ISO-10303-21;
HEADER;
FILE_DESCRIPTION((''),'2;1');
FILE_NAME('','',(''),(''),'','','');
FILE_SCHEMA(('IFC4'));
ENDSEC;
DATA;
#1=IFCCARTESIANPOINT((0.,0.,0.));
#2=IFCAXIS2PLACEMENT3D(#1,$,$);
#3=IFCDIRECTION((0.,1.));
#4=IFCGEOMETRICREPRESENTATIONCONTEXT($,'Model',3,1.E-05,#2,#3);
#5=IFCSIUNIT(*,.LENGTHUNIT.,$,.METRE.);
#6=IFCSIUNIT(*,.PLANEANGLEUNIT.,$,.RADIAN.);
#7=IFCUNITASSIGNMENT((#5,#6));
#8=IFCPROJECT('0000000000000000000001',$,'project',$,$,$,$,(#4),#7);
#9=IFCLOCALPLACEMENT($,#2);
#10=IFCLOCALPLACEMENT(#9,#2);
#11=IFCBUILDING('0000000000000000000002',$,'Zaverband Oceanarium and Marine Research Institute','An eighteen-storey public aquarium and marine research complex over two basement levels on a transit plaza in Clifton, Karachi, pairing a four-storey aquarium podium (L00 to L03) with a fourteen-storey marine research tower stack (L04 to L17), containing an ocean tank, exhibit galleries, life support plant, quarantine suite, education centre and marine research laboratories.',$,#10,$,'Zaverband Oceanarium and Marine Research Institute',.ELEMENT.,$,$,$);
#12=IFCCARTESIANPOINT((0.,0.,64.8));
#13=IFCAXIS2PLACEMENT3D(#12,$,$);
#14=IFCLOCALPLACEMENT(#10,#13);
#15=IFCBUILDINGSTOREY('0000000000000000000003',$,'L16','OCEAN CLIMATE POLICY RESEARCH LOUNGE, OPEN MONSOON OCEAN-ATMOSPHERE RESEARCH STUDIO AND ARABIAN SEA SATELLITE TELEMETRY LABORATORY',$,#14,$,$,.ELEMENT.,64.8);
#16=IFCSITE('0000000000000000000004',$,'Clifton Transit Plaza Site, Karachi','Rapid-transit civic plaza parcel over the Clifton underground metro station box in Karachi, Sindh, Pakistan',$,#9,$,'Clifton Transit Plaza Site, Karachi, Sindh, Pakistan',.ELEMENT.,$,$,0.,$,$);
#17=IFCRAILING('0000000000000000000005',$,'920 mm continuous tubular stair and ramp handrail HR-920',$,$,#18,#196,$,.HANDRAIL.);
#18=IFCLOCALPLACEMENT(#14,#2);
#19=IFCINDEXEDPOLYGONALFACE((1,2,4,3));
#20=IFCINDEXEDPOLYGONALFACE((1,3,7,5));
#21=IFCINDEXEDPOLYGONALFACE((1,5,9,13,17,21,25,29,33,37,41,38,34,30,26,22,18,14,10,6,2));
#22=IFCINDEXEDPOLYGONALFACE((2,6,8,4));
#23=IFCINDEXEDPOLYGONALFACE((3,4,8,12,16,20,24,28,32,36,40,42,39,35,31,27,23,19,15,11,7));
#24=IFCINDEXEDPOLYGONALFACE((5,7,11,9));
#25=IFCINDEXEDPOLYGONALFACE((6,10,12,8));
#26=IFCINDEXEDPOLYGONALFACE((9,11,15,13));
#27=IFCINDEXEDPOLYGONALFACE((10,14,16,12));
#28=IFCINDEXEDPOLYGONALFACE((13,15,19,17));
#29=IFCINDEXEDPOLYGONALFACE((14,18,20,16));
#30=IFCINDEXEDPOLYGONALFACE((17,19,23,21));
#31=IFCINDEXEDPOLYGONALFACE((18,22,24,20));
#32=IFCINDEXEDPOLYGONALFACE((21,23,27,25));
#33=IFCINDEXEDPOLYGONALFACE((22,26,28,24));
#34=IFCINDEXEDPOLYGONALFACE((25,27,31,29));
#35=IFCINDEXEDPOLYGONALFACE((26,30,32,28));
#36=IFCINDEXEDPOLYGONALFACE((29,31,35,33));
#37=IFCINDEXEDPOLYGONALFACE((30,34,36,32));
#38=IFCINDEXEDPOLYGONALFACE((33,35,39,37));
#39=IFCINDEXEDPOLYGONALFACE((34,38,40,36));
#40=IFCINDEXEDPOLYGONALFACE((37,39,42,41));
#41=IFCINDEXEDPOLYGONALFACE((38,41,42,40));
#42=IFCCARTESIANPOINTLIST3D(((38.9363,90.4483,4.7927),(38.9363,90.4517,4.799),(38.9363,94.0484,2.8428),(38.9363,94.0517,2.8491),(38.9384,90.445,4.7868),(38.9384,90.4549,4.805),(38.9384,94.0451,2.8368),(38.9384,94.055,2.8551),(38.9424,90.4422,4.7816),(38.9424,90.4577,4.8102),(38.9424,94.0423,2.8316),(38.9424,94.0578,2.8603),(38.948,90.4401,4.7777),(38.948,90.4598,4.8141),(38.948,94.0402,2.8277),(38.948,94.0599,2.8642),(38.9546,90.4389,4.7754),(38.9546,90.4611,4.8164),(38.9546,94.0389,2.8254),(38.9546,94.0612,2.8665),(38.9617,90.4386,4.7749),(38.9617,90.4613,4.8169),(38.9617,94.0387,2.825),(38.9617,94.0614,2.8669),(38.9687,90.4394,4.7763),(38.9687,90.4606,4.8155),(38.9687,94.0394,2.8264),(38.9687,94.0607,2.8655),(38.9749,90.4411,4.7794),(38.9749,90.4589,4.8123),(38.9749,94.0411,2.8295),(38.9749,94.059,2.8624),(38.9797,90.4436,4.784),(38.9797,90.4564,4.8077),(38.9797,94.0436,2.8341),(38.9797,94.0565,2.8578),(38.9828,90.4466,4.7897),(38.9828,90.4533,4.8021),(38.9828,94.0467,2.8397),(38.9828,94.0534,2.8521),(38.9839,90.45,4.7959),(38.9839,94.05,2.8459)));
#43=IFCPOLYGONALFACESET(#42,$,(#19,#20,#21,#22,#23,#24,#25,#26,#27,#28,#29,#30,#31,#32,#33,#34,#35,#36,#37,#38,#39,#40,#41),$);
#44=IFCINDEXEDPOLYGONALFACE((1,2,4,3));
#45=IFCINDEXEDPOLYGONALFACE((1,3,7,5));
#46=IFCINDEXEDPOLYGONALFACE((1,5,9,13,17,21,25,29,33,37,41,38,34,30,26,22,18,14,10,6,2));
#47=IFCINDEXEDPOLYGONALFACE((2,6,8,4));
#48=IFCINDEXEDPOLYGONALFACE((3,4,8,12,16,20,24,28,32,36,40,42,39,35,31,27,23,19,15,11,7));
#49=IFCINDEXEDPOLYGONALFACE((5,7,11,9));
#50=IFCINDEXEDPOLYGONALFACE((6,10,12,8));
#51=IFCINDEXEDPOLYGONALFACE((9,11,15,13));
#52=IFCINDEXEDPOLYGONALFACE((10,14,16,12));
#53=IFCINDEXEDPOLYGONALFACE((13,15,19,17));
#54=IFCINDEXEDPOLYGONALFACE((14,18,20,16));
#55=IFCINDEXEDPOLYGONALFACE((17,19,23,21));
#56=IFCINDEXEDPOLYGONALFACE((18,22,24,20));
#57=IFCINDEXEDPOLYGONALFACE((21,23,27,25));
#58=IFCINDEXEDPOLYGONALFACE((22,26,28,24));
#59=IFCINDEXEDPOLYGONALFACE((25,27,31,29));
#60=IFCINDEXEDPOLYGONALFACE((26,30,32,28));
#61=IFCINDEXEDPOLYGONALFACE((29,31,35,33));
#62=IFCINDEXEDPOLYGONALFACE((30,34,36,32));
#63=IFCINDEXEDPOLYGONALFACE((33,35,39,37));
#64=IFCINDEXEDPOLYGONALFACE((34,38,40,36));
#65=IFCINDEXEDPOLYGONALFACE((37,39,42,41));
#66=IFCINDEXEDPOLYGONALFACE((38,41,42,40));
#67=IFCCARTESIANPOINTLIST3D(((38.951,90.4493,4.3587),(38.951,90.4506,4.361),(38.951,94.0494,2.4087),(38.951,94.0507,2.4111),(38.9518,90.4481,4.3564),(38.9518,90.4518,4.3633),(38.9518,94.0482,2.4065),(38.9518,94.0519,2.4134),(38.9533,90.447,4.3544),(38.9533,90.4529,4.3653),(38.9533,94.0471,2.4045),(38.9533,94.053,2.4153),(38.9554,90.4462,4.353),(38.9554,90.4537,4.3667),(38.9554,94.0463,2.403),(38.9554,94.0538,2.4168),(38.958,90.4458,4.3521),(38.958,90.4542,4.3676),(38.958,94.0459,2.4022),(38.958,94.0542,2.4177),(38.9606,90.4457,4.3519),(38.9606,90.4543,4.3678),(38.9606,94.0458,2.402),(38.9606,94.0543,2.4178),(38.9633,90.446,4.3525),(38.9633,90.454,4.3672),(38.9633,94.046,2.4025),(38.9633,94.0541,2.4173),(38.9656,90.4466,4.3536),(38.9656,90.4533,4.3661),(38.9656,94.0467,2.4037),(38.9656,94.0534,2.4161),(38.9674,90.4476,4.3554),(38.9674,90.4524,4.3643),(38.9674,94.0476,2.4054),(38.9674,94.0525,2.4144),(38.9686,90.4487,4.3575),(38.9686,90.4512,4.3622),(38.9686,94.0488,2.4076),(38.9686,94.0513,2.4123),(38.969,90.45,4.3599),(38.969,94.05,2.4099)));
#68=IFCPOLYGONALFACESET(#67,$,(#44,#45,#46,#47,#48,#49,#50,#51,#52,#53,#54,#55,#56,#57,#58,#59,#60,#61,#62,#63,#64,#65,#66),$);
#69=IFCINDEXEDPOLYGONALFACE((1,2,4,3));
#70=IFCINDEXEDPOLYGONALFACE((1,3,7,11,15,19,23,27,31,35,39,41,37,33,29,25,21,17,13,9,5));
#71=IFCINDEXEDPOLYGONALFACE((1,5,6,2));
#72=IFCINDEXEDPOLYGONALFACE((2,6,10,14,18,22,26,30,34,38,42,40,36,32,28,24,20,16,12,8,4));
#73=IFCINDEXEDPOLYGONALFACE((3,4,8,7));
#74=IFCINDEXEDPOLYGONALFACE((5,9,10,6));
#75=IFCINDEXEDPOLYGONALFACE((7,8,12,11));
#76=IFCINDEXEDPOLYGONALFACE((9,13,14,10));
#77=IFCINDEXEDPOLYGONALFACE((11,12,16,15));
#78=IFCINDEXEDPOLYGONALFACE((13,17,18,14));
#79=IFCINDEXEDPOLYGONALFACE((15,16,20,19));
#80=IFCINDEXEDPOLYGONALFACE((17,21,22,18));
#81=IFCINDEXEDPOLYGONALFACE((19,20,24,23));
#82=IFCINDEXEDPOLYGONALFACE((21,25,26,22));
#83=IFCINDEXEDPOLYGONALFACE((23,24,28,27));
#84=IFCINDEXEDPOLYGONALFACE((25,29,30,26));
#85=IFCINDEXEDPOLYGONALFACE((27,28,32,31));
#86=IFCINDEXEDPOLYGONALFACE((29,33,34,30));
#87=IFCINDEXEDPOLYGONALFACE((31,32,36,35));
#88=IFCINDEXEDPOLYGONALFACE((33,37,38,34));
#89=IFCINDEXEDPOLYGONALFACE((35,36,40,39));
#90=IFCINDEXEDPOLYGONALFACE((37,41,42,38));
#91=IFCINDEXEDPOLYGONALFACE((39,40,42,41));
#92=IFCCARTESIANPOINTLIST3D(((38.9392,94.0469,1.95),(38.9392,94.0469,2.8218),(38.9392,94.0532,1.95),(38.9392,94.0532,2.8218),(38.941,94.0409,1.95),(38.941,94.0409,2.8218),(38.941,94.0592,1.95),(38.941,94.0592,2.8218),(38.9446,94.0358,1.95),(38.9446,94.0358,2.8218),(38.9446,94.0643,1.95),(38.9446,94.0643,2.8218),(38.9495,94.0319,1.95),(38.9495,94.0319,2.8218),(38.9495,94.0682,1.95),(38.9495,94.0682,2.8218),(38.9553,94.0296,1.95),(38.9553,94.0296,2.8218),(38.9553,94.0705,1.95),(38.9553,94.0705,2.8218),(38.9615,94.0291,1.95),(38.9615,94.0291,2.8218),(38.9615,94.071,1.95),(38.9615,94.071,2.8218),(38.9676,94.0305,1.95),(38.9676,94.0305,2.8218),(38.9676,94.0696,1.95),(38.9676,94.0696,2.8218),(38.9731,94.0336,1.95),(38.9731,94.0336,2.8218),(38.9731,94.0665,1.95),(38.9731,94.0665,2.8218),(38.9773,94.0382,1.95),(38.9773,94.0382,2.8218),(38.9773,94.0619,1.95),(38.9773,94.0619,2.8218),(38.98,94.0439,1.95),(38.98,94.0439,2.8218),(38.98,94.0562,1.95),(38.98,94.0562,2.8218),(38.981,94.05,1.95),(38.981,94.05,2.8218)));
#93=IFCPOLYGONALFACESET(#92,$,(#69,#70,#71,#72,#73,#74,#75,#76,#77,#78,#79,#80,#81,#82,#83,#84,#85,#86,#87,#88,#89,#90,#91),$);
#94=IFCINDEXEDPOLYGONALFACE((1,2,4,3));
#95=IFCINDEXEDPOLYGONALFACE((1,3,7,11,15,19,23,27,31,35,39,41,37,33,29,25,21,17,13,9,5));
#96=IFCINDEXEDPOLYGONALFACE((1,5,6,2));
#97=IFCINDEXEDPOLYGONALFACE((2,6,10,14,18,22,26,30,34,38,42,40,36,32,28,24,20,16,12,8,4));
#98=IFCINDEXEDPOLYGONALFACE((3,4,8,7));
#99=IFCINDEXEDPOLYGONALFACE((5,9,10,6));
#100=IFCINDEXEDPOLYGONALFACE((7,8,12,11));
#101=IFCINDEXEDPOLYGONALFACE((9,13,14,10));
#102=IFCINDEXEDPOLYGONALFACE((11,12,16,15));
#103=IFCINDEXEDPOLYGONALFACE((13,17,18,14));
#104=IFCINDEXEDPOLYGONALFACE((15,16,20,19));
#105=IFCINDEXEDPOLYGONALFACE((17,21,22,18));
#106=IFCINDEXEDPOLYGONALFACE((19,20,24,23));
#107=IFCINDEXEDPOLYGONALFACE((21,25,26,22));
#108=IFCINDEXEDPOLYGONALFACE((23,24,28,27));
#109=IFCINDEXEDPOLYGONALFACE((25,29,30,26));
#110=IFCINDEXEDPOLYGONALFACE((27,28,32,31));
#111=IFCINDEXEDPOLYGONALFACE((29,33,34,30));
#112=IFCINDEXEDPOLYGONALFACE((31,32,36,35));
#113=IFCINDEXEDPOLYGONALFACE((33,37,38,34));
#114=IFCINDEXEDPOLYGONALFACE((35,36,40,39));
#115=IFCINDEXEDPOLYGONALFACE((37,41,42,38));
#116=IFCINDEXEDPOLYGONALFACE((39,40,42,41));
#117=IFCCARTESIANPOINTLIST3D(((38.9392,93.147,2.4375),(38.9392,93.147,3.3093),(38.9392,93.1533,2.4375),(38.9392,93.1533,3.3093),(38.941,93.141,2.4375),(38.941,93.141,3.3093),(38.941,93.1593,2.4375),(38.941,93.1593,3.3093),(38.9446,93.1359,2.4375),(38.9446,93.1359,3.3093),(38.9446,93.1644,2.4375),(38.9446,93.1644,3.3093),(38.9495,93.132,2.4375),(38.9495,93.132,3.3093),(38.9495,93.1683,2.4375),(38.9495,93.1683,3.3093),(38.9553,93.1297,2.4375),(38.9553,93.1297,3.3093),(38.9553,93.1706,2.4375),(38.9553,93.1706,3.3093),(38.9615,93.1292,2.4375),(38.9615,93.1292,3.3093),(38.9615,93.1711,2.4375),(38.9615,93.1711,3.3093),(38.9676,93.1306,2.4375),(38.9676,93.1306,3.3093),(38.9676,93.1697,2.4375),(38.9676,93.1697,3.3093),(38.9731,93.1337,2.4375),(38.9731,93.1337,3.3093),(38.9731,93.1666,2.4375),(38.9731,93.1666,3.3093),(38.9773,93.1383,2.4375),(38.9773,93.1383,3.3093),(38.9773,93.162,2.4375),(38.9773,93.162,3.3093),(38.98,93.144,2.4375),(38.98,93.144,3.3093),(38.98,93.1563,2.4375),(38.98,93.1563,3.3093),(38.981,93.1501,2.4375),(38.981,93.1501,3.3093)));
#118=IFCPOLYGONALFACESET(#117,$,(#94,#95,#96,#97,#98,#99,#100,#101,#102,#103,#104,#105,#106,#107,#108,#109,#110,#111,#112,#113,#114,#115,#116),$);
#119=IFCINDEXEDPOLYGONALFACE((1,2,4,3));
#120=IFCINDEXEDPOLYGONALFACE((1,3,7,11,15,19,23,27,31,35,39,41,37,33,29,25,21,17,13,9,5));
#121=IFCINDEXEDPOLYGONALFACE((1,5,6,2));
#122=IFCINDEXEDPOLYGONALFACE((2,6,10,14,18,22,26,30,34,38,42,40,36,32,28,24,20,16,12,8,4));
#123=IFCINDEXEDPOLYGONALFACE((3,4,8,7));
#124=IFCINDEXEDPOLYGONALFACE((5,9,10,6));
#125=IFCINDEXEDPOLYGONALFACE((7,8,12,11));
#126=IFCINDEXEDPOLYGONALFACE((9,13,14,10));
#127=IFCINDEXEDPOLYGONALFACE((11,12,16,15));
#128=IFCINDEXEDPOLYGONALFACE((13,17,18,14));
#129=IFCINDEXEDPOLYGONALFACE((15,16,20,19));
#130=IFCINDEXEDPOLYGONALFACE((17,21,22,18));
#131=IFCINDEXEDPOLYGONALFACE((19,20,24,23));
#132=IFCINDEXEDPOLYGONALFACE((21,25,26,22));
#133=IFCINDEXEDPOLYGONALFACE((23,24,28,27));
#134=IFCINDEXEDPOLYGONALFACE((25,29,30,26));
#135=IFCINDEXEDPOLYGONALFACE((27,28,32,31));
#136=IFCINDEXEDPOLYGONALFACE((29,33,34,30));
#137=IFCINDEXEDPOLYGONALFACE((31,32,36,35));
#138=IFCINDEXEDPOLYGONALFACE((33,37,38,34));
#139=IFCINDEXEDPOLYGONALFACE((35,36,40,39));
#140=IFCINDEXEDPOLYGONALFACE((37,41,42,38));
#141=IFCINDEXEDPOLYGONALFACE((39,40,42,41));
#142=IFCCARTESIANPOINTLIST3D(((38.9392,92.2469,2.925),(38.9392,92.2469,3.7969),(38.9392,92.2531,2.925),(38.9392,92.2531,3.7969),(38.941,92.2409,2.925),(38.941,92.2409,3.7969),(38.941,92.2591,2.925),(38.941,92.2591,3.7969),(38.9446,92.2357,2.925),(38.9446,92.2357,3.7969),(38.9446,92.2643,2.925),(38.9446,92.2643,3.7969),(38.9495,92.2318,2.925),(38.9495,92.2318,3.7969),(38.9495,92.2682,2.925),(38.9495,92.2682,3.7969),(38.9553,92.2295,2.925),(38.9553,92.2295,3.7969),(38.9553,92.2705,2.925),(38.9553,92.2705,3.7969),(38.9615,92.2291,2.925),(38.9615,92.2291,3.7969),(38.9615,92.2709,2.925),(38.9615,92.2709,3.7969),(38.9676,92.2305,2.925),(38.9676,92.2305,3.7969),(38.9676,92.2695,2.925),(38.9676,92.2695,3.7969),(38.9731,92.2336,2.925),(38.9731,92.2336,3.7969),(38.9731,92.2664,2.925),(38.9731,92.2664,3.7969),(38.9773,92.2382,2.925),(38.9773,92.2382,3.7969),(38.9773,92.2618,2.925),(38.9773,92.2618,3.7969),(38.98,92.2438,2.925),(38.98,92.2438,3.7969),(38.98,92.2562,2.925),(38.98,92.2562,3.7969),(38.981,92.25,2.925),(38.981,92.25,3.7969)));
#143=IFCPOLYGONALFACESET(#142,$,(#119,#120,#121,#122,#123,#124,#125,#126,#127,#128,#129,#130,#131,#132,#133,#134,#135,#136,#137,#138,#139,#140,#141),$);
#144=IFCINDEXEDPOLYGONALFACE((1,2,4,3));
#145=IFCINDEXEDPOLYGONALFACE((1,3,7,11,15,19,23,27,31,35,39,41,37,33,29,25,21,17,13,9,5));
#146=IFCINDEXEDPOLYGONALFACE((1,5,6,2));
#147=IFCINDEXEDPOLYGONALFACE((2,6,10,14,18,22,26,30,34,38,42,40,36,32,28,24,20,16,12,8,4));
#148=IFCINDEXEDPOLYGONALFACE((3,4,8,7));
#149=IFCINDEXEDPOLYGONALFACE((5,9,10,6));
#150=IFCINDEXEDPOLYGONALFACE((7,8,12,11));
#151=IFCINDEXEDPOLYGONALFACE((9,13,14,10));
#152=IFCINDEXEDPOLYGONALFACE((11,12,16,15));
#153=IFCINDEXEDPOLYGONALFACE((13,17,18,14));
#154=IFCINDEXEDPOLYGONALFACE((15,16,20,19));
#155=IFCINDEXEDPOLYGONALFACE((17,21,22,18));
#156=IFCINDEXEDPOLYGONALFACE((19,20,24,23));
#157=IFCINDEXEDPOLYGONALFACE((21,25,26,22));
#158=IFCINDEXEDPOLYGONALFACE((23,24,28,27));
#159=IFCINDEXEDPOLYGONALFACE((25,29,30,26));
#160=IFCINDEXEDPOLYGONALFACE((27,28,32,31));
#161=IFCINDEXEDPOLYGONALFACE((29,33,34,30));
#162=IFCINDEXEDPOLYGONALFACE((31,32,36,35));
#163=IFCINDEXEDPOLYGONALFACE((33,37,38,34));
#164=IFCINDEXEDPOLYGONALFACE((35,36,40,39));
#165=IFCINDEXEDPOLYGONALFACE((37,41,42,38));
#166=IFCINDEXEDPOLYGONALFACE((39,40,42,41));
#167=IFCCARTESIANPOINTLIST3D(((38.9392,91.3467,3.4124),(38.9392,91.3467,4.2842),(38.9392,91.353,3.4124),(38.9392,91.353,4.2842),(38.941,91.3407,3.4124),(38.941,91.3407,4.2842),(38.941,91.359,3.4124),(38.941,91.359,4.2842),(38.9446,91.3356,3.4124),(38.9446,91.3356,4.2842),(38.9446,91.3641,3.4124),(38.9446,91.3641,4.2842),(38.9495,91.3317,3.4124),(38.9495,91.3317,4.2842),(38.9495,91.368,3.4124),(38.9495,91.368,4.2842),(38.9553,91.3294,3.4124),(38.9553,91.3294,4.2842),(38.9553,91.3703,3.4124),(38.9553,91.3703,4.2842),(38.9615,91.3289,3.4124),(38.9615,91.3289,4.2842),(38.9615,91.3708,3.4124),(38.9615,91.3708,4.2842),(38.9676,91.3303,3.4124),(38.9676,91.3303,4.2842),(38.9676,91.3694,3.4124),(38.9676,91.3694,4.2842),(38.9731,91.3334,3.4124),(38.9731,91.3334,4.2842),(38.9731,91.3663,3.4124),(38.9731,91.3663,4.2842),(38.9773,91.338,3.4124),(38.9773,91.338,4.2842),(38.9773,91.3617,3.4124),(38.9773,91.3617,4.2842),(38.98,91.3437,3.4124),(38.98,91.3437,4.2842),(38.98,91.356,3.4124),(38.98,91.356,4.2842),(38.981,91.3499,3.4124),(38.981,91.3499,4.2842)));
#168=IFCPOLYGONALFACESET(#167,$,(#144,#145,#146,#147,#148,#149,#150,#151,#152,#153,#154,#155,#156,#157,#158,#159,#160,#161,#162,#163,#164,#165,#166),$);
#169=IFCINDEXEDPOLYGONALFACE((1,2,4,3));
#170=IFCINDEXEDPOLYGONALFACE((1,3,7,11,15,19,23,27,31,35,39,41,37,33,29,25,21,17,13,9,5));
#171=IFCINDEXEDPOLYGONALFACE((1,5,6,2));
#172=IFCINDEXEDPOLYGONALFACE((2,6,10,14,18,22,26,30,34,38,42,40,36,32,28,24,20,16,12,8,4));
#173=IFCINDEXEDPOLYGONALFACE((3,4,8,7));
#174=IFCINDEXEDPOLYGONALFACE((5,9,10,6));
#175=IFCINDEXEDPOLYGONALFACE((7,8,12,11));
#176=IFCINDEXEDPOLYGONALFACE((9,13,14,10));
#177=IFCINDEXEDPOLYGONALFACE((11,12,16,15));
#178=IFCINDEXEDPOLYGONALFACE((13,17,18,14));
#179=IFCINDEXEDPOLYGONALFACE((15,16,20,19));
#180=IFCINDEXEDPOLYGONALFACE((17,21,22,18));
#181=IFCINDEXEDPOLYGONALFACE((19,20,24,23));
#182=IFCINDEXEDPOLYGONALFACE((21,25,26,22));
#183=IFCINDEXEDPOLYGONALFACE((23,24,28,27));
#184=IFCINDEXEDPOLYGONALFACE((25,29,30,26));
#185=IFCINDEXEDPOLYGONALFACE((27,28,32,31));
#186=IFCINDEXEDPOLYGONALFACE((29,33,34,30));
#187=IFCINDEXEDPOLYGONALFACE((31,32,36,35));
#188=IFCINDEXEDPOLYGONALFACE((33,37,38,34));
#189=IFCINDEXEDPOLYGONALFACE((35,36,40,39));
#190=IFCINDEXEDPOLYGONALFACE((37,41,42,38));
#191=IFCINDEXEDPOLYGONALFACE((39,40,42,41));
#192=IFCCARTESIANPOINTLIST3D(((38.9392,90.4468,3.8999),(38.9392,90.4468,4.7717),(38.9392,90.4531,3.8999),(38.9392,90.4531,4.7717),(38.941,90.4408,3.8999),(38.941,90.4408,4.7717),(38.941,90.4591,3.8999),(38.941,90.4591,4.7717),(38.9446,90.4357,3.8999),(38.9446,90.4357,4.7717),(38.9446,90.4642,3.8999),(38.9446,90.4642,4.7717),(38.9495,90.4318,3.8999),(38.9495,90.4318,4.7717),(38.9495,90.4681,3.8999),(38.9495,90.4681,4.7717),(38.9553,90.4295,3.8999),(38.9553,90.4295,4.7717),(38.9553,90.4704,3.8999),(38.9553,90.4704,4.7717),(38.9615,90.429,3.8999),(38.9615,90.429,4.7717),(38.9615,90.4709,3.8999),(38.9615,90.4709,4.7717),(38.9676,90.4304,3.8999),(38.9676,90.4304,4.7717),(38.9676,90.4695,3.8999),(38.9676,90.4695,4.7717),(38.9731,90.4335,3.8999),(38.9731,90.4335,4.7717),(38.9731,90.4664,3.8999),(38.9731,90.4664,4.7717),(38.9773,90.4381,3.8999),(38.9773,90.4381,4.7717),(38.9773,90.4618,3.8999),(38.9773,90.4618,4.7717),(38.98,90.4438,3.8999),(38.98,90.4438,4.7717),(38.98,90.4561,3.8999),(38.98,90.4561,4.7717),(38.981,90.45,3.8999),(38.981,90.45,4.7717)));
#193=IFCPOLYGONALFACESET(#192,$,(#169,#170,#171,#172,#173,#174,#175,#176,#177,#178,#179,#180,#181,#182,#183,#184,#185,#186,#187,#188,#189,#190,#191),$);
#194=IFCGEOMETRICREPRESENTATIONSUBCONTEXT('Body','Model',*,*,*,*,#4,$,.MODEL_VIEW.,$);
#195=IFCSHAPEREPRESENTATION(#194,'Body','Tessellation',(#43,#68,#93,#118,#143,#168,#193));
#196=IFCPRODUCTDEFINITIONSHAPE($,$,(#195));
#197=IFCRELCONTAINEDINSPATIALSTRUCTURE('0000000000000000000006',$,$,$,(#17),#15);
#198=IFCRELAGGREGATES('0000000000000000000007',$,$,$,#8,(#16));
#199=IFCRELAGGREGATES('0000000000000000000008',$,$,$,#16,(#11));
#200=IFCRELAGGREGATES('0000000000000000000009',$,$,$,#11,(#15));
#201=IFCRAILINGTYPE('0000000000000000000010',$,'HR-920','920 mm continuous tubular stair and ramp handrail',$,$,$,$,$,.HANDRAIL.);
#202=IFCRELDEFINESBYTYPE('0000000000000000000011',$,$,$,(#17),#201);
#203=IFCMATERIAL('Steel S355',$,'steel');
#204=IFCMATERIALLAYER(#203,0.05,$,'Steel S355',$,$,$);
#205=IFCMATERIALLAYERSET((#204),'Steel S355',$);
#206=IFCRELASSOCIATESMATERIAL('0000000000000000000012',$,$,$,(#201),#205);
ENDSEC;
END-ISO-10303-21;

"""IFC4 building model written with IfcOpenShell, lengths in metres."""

from ifc_helpers import new_model, si_unit, direction, frame, origin, origin_2d, place, context, subcontext, project, spatial, circle, extrude, material, layer, layer_set, type_object, element, save


model = new_model("IFC4")

# Units and contexts
model_context = context("Model", 3, precision=1e-05, world=origin(), true_north=direction((0.0, 1.0)))
body_context = subcontext(model_context, "Body", "Model", "MODEL_VIEW")
ifc_project = project(units=[si_unit("LENGTHUNIT", "METRE"), si_unit("PLANEANGLEUNIT", "RADIAN")], contexts=[model_context])

# Site, building, storey
site_placement = place(None, origin())
site = spatial("IfcSite", under=ifc_project, at=site_placement, Name="Clifton Transit Plaza Site, Karachi", Description="Rapid-transit civic plaza parcel over the Clifton underground metro station box in Karachi, Sindh, Pakistan", LongName="Clifton Transit Plaza Site, Karachi, Sindh, Pakistan", CompositionType="ELEMENT", RefElevation=0.0)
building_placement = place(site_placement, origin())
building = spatial("IfcBuilding", under=site, at=building_placement, Name="Zaverband Oceanarium and Marine Research Institute", Description="An eighteen-storey public aquarium and marine research complex over two basement levels on a transit plaza in Clifton, Karachi, pairing a four-storey aquarium podium (L00 to L03) with a fourteen-storey marine research tower stack (L04 to L17), containing an ocean tank, exhibit galleries, life support plant, quarantine suite, education centre and marine research laboratories.", LongName="Zaverband Oceanarium and Marine Research Institute", CompositionType="ELEMENT")
storey_placement = place(building_placement, frame((0.0, 0.0, 64.8)))
storey = spatial("IfcBuildingStorey", under=building, at=storey_placement, Name="L16", Description="OCEAN CLIMATE POLICY RESEARCH LOUNGE, OPEN MONSOON OCEAN-ATMOSPHERE RESEARCH STUDIO AND ARABIAN SEA SATELLITE TELEMETRY LABORATORY", CompositionType="ELEMENT", Elevation=64.8)

# Shared definitions
ifc_material_1 = material(Name="Steel S355", Category="steel")

# Railing
ifc_layer_1 = layer(ifc_material_1, 0.05, Name="Steel S355")
ifc_layer_set_1 = layer_set([ifc_layer_1], Name="Steel S355")
railing_type_1 = type_object("IfcRailingType", Name="HR-920", Description="920 mm continuous tubular stair and ramp handrail", PredefinedType="HANDRAIL", material=ifc_layer_set_1)
railing_1_placement = place(storey_placement, frame((38.96, 94.05, 1.95)))
element("IfcRailing", 1, at=railing_1_placement, inside=storey, type_object=railing_type_1, Name="920 mm continuous tubular stair and ramp handrail HR-920", PredefinedType="HANDRAIL", context=body_context, shape_type="SweptSolid", body=[
    extrude(circle(Radius=0.0239, at=origin_2d()), frame((0.0, 0.0, 0.896), z_axis=(0.0, -0.879302, 0.476264), x_axis=(1.0, 0.0, 0.0)), (0.0, 0.0, 1.0), 4.0942),
    extrude(circle(Radius=0.009, at=origin_2d()), frame((0.0, 0.0, 0.46), z_axis=(0.0, -0.879302, 0.476264), x_axis=(1.0, 0.0, 0.0)), (0.0, 0.0, 1.0), 4.0942),
    extrude(circle(Radius=0.021, at=origin_2d()), origin(), (0.0, 0.0, 1.0), 0.8718),
    extrude(circle(Radius=0.021, at=origin_2d()), frame((0.0, -0.8999, 0.4875)), (0.0, 0.0, 1.0), 0.8718),
    extrude(circle(Radius=0.021, at=origin_2d()), frame((0.0, -1.8, 0.9751)), (0.0, 0.0, 1.0), 0.8718),
    extrude(circle(Radius=0.021, at=origin_2d()), frame((0.0, -2.7002, 1.4624)), (0.0, 0.0, 1.0), 0.8718),
    extrude(circle(Radius=0.021, at=origin_2d()), frame((0.0, -3.6001, 1.95)), (0.0, 0.0, 1.0), 0.8718),
])

save(model, "model.ifc")
